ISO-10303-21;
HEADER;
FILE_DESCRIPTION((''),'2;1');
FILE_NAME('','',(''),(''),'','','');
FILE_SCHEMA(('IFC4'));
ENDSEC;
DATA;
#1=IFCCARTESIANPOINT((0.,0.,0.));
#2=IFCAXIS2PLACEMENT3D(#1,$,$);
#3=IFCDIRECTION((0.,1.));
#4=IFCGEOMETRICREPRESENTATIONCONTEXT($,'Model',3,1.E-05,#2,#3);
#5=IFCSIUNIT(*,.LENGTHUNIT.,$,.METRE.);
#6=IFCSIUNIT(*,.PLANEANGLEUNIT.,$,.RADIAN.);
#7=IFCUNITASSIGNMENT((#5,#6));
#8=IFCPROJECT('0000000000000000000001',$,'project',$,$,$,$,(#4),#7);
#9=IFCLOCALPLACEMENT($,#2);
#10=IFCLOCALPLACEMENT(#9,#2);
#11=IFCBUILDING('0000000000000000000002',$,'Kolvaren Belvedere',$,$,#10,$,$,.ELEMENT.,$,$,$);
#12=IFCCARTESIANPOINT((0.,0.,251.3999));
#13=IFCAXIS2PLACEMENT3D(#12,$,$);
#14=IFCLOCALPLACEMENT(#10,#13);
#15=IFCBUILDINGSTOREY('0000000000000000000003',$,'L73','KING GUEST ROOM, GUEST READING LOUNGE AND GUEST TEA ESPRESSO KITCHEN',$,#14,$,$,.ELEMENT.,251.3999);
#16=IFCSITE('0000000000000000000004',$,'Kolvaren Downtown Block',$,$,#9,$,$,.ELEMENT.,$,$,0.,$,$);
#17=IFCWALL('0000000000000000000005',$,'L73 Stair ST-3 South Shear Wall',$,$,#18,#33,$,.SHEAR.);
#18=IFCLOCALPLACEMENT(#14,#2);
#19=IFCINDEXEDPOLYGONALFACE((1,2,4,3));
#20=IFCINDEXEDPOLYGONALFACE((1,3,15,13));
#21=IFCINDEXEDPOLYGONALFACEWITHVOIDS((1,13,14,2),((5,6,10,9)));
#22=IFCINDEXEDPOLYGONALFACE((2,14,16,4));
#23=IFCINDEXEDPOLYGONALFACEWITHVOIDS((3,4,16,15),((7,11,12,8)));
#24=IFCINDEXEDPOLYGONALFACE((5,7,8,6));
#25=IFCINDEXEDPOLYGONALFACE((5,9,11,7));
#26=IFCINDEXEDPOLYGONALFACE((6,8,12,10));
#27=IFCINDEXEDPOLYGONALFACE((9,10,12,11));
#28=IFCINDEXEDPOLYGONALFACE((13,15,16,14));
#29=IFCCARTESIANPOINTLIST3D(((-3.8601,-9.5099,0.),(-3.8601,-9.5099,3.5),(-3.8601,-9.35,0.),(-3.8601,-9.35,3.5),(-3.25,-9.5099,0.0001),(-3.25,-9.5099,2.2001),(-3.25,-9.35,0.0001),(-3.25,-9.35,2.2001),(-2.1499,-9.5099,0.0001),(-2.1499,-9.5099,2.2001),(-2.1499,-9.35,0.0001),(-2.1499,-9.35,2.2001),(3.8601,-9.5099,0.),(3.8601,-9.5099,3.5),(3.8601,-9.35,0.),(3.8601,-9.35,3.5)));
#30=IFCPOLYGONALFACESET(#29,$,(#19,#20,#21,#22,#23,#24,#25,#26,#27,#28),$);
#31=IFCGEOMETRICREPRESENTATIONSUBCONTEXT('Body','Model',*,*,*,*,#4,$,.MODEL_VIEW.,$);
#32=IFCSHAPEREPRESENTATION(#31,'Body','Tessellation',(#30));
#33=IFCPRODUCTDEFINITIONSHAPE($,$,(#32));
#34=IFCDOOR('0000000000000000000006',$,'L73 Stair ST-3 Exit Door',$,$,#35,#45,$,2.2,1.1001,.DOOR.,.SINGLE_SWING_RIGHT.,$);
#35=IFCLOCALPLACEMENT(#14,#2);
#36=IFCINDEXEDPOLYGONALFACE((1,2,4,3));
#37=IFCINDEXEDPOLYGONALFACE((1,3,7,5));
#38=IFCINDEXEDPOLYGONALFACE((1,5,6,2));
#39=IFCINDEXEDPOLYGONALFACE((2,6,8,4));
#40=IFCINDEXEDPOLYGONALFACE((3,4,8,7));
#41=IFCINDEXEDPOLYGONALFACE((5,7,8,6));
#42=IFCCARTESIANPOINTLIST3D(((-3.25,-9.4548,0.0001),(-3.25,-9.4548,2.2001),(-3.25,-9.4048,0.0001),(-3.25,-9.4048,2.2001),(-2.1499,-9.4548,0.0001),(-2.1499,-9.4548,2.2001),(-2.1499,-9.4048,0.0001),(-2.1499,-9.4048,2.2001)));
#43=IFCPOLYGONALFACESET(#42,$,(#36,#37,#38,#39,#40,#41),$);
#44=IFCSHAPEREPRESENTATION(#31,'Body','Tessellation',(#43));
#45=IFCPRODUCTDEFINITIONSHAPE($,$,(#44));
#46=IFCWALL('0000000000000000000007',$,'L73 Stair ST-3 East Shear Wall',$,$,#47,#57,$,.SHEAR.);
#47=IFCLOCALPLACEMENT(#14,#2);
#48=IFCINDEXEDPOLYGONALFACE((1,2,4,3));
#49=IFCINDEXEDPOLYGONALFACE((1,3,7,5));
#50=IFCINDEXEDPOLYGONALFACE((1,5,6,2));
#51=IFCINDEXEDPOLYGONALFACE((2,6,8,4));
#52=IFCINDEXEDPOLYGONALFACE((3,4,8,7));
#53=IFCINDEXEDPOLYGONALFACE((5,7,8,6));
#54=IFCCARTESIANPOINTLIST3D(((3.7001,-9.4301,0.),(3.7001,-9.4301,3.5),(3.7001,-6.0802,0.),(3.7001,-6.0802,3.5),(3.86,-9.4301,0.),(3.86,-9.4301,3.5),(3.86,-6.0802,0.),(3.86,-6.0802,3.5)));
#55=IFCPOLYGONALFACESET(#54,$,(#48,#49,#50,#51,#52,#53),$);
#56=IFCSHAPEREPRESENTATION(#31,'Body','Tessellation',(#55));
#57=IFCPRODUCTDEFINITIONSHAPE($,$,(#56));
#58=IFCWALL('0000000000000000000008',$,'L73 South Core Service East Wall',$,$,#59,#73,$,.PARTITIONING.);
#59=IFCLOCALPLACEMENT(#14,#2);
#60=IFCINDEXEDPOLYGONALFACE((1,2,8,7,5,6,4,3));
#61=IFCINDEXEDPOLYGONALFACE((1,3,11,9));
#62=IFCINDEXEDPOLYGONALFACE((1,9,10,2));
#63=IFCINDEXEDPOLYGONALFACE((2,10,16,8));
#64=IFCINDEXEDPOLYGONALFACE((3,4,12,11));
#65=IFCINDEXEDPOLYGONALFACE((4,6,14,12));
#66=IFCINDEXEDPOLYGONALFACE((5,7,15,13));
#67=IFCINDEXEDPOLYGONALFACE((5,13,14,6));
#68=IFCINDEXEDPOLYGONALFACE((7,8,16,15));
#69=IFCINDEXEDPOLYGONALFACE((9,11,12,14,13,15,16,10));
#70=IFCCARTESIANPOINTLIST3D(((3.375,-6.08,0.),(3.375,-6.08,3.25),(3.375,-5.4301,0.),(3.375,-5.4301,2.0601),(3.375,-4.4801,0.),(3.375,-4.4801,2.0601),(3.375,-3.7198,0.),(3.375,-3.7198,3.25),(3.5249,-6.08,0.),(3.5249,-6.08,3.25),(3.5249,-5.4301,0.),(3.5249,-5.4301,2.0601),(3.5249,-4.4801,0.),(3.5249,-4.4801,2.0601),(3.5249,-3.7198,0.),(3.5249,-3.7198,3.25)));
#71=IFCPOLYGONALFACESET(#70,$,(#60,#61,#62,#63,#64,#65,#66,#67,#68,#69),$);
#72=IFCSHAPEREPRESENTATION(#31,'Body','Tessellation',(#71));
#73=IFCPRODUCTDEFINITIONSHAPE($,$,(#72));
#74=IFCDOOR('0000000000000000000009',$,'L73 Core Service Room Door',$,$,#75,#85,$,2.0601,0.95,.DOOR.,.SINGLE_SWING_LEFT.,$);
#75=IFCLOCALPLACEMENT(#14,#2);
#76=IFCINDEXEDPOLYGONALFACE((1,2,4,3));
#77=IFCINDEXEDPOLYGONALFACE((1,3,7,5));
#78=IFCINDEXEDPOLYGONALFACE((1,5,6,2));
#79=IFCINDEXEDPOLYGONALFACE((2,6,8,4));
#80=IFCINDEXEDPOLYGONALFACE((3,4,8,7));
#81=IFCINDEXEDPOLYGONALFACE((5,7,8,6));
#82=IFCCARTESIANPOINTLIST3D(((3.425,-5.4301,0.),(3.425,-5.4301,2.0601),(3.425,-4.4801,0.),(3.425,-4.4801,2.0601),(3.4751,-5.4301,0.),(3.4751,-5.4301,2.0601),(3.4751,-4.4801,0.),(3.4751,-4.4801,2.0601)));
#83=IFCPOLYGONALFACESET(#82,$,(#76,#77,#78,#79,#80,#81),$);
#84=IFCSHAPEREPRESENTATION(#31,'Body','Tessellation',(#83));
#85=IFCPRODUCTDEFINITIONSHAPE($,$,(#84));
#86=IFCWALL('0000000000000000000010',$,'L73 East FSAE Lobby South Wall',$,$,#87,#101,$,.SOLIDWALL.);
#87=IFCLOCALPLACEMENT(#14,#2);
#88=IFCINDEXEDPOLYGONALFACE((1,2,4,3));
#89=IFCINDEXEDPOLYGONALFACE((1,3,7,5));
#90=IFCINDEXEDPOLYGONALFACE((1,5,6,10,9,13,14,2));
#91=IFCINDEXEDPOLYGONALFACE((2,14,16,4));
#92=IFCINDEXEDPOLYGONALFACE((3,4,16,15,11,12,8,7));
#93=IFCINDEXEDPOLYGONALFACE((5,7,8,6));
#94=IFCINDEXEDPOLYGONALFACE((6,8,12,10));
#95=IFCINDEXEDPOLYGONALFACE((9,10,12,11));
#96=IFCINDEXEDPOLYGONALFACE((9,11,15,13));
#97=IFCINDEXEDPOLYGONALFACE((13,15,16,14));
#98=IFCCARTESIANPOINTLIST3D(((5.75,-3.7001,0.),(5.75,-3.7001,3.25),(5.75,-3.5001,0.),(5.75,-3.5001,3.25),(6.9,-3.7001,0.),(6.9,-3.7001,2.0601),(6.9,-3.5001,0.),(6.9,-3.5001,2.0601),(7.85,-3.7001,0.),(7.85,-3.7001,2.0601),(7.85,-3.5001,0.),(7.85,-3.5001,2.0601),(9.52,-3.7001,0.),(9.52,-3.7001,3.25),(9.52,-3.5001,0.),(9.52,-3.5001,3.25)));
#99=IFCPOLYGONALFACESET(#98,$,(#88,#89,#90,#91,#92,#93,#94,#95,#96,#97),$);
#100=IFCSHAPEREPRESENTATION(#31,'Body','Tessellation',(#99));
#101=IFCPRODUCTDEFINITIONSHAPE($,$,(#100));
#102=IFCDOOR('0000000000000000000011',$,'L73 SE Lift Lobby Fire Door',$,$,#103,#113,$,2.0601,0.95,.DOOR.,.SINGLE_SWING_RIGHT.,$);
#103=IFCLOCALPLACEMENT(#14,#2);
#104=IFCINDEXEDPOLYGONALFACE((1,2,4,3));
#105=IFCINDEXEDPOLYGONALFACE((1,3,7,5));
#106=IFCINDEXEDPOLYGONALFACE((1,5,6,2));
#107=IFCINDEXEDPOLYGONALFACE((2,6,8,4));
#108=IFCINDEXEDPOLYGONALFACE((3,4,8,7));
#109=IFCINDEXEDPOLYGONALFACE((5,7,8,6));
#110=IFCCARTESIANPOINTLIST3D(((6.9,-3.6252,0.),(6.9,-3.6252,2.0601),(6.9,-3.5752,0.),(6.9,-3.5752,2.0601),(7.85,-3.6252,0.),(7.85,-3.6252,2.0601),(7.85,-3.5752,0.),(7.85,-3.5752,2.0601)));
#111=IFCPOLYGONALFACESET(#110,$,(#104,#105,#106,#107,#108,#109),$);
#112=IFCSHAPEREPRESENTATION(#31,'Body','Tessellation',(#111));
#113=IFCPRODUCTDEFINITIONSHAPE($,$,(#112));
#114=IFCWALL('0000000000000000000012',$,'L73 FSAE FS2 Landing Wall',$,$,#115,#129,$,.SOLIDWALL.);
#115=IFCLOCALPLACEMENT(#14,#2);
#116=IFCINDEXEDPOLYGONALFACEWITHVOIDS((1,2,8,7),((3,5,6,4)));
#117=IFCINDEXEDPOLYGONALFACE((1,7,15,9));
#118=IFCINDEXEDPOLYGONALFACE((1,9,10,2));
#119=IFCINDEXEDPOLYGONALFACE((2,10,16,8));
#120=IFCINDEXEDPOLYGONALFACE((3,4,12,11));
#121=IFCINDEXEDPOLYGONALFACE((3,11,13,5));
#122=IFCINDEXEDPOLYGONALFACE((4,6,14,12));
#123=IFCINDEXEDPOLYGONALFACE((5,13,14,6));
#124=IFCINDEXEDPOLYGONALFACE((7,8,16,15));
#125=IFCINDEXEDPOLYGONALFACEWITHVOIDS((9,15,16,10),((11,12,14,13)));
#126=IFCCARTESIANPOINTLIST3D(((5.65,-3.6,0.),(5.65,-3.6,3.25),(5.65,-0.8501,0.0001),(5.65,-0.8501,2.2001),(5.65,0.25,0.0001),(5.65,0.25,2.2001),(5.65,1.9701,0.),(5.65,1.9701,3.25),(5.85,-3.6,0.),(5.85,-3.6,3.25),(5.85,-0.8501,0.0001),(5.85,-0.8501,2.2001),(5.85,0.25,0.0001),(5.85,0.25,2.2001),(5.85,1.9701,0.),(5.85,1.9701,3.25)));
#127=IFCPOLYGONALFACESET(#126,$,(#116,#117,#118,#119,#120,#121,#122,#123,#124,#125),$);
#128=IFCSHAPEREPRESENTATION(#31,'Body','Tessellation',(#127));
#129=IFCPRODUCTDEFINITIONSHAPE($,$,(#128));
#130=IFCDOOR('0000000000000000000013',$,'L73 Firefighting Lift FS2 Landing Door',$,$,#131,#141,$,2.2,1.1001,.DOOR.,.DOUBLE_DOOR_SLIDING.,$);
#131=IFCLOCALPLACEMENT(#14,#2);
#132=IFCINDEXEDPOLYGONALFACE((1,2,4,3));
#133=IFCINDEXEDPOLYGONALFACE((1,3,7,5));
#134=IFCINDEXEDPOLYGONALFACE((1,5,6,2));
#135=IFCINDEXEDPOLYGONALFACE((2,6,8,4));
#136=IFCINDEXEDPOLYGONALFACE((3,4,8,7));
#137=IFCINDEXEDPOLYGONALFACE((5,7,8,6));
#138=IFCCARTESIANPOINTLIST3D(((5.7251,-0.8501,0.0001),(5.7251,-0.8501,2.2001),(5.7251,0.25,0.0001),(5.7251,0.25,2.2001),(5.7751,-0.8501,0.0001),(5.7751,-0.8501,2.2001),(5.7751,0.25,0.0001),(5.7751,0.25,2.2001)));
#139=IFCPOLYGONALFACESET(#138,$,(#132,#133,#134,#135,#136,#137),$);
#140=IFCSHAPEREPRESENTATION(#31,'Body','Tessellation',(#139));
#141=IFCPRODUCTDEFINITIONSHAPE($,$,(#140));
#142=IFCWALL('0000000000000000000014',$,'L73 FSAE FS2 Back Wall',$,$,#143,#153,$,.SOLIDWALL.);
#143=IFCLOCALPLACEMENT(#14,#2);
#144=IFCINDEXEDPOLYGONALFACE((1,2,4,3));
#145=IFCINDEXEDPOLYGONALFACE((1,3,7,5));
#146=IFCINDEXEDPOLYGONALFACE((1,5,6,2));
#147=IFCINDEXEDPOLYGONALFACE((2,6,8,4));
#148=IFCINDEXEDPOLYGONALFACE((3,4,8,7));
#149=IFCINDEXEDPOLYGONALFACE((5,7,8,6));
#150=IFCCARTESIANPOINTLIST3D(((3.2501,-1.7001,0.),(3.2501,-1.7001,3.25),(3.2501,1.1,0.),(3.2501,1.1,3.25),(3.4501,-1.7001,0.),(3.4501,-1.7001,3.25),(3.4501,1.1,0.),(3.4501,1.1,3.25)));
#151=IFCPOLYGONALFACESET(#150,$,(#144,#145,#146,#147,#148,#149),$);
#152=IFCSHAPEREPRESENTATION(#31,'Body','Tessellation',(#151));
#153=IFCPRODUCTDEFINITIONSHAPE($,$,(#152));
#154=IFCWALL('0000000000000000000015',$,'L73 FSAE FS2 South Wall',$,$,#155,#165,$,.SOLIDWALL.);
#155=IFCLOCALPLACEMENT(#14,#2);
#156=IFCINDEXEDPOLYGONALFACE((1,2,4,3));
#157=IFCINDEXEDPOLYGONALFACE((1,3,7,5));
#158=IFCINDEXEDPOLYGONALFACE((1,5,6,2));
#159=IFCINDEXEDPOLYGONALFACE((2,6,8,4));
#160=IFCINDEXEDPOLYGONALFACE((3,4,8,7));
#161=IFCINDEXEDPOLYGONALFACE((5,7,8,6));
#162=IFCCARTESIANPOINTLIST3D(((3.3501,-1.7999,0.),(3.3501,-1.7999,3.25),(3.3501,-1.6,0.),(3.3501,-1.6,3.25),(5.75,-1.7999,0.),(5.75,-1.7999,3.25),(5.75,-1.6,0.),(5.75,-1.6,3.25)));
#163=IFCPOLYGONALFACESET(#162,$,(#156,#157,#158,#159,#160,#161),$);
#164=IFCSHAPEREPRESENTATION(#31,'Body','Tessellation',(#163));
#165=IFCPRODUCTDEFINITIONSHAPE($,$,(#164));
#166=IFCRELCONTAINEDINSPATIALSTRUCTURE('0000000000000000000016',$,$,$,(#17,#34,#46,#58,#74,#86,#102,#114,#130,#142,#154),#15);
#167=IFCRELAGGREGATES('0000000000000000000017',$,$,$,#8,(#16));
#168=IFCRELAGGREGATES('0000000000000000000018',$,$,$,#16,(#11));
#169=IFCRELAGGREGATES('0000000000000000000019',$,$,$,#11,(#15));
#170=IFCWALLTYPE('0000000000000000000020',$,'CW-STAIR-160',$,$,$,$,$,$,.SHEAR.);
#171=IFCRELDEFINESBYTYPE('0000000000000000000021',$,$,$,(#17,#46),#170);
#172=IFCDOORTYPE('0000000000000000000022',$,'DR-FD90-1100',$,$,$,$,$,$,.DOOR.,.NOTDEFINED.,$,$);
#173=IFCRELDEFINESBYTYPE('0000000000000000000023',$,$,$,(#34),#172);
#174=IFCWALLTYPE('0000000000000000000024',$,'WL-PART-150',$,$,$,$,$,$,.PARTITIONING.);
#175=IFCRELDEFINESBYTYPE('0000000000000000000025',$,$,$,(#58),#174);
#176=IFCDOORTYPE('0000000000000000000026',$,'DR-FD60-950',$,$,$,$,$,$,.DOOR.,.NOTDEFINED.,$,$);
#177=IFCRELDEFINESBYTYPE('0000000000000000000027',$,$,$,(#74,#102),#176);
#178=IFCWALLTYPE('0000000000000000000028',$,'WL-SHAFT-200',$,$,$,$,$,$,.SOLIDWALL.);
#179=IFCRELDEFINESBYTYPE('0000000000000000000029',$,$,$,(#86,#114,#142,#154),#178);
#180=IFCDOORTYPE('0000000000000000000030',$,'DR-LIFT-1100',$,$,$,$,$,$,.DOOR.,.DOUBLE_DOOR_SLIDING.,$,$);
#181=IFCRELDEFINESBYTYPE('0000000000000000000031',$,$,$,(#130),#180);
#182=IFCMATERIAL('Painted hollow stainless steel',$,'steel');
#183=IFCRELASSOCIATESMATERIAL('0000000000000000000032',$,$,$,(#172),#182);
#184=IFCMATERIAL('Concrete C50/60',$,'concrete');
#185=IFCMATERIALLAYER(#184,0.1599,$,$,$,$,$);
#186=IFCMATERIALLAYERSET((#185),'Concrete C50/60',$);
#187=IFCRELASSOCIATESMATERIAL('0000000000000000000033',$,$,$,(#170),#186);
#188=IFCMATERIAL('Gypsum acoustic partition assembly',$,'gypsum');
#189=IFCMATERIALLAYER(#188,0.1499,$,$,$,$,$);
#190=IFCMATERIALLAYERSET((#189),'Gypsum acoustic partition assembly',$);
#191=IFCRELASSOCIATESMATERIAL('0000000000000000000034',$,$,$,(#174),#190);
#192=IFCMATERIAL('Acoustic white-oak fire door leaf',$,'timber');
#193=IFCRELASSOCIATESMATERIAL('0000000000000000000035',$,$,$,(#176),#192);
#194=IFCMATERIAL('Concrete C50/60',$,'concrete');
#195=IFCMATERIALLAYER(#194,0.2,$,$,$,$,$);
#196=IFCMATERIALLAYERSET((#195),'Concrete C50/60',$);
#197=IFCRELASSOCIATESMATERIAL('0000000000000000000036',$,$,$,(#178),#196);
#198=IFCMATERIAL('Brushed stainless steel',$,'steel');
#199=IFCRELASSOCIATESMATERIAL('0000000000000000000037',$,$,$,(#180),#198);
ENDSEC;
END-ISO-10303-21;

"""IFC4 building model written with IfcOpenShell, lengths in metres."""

from ifc_helpers import new_model, si_unit, direction, frame, frame_2d, origin, place, context, subcontext, project, spatial, rectangle, extrude, material, layer, layer_set, type_object, element, fill, save


model = new_model("IFC4")

# Units and contexts
model_context = context("Model", 3, precision=1e-05, world=origin(), true_north=direction((0.0, 1.0)))
body_context = subcontext(model_context, "Body", "Model", "MODEL_VIEW")
ifc_project = project(units=[si_unit("LENGTHUNIT", "METRE"), si_unit("PLANEANGLEUNIT", "RADIAN")], contexts=[model_context])

# Site, building, storey
site_placement = place(None, origin())
site = spatial("IfcSite", under=ifc_project, at=site_placement, Name="Kolvaren Downtown Block", CompositionType="ELEMENT", RefElevation=0.0)
building_placement = place(site_placement, origin())
building = spatial("IfcBuilding", under=site, at=building_placement, Name="Kolvaren Belvedere", CompositionType="ELEMENT")
storey_placement = place(building_placement, frame((0.0, 0.0, 251.3999)))
storey = spatial("IfcBuildingStorey", under=building, at=storey_placement, Name="L73", Description="KING GUEST ROOM, GUEST READING LOUNGE AND GUEST TEA ESPRESSO KITCHEN", CompositionType="ELEMENT", Elevation=251.3999)

# Wall, opening, door
ifc_material_1 = material(Name="Painted hollow stainless steel", Category="steel")
door_type_1 = type_object("IfcDoorType", Name="DR-FD90-1100", OperationType="NOTDEFINED", PredefinedType="DOOR", material=ifc_material_1)
ifc_material_2 = material(Name="Concrete C50/60", Category="concrete")
ifc_layer_1 = layer(ifc_material_2, 0.1599)
ifc_layer_set_1 = layer_set([ifc_layer_1], Name="Concrete C50/60")
wall_type_1 = type_object("IfcWallType", Name="CW-STAIR-160", PredefinedType="SHEAR", material=ifc_layer_set_1)
wall_1_placement = place(storey_placement, frame((3.8601, -9.4299, 0.0), z_axis=(0.0, 0.0, 1.0), x_axis=(-1.0, 0.0, 0.0)))
wall_1 = element("IfcWall", 1, at=wall_1_placement, inside=storey, type_object=wall_type_1, Name="L73 Stair ST-3 South Shear Wall", PredefinedType="SHEAR", context=body_context, shape_type="SweptSolid", body=[
    extrude(rectangle(XDim=7.7202, YDim=0.1599, at=frame_2d((3.8601, 0.0))), origin(), (0.0, 0.0, 1.0), 3.5),
])
opening_1_placement = place(wall_1_placement, frame((6.01, 0.0, 0.0)))
opening_1 = element("IfcOpeningElement", 2, at=opening_1_placement, cuts=wall_1, PredefinedType="OPENING", context=body_context, shape_type="SweptSolid", body=[
    extrude(rectangle(XDim=1.1001, YDim=2.2, at=frame_2d((0.55, 1.1001))), frame((0.0, 0.0898, 0.0), z_axis=(0.0, -1.0, 0.0), x_axis=(1.0, 0.0, 0.0)), (0.0, 0.0, 1.0), 0.1799),
])
door_1_placement = place(opening_1_placement, origin())
door_1 = element("IfcDoor", 3, at=door_1_placement, inside=storey, type_object=door_type_1, Name="L73 Stair ST-3 Exit Door", OperationType="SINGLE_SWING_RIGHT", OverallHeight=2.2, OverallWidth=1.1001, PredefinedType="DOOR", context=body_context, shape_type="SweptSolid", body=[
    extrude(rectangle(XDim=1.1001, YDim=2.2, at=frame_2d((0.55, 1.1001))), frame((0.0, 0.0249, 0.0), z_axis=(0.0, -1.0, 0.0), x_axis=(1.0, 0.0, 0.0)), (0.0, 0.0, 1.0), 0.05),
])
fill(opening_1, door_1)

# Wall
wall_2_placement = place(storey_placement, frame((3.78, -9.4299, 0.0), z_axis=(0.0, 0.0, 1.0), x_axis=(0.0, 1.0, 0.0)))
element("IfcWall", 4, at=wall_2_placement, inside=storey, type_object=wall_type_1, Name="L73 Stair ST-3 East Shear Wall", PredefinedType="SHEAR", context=body_context, shape_type="SweptSolid", body=[
    extrude(rectangle(XDim=3.3499, YDim=0.1599, at=frame_2d((1.6748, 0.0))), origin(), (0.0, 0.0, 1.0), 3.5),
])

# Walls, openings, doors
ifc_material_3 = material(Name="Gypsum acoustic partition assembly", Category="gypsum")
ifc_layer_2 = layer(ifc_material_3, 0.1499)
ifc_layer_set_2 = layer_set([ifc_layer_2], Name="Gypsum acoustic partition assembly")
wall_type_2 = type_object("IfcWallType", Name="WL-PART-150", PredefinedType="PARTITIONING", material=ifc_layer_set_2)
wall_3_placement = place(storey_placement, frame((3.45, -6.0801, 0.0), z_axis=(0.0, 0.0, 1.0), x_axis=(0.0, 1.0, 0.0)))
wall_3 = element("IfcWall", 5, at=wall_3_placement, inside=storey, type_object=wall_type_2, Name="L73 South Core Service East Wall", PredefinedType="PARTITIONING", context=body_context, shape_type="SweptSolid", body=[
    extrude(rectangle(XDim=2.3601, YDim=0.1499, at=frame_2d((1.1802, 0.0))), origin(), (0.0, 0.0, 1.0), 3.25),
])
opening_2_placement = place(wall_3_placement, frame((0.6499, 0.0, 0.0)))
opening_2 = element("IfcOpeningElement", 6, at=opening_2_placement, cuts=wall_3, PredefinedType="OPENING", context=body_context, shape_type="SweptSolid", body=[
    extrude(rectangle(XDim=0.95, YDim=2.0601, at=frame_2d((0.4751, 1.03))), frame((0.0, 0.085, 0.0), z_axis=(0.0, -1.0, 0.0), x_axis=(1.0, 0.0, 0.0)), (0.0, 0.0, 1.0), 0.1699),
])
ifc_material_4 = material(Name="Acoustic white-oak fire door leaf", Category="timber")
door_type_2 = type_object("IfcDoorType", Name="DR-FD60-950", OperationType="NOTDEFINED", PredefinedType="DOOR", material=ifc_material_4)
door_2_placement = place(opening_2_placement, origin())
door_2 = element("IfcDoor", 7, at=door_2_placement, inside=storey, type_object=door_type_2, Name="L73 Core Service Room Door", OperationType="SINGLE_SWING_LEFT", OverallHeight=2.0601, OverallWidth=0.95, PredefinedType="DOOR", context=body_context, shape_type="SweptSolid", body=[
    extrude(rectangle(XDim=0.95, YDim=2.0601, at=frame_2d((0.4751, 1.03))), frame((0.0, 0.0249, 0.0), z_axis=(0.0, -1.0, 0.0), x_axis=(1.0, 0.0, 0.0)), (0.0, 0.0, 1.0), 0.05),
])
fill(opening_2, door_2)
ifc_material_5 = material(Name="Concrete C50/60", Category="concrete")
ifc_layer_3 = layer(ifc_material_5, 0.2)
ifc_layer_set_3 = layer_set([ifc_layer_3], Name="Concrete C50/60")
wall_type_3 = type_object("IfcWallType", Name="WL-SHAFT-200", PredefinedType="SOLIDWALL", material=ifc_layer_set_3)
wall_4_placement = place(storey_placement, frame((5.75, -3.6001, 0.0), z_axis=(0.0, 0.0, 1.0), x_axis=(1.0, 0.0, 0.0)))
wall_4 = element("IfcWall", 8, at=wall_4_placement, inside=storey, type_object=wall_type_3, Name="L73 East FSAE Lobby South Wall", PredefinedType="SOLIDWALL", context=body_context, shape_type="SweptSolid", body=[
    extrude(rectangle(XDim=3.77, YDim=0.2, at=frame_2d((1.885, 0.0))), origin(), (0.0, 0.0, 1.0), 3.25),
])
opening_3_placement = place(wall_4_placement, frame((1.1499, 0.0, 0.0)))
opening_3 = element("IfcOpeningElement", 9, at=opening_3_placement, cuts=wall_4, PredefinedType="OPENING", context=body_context, shape_type="SweptSolid", body=[
    extrude(rectangle(XDim=0.95, YDim=2.0601, at=frame_2d((0.4751, 1.03))), frame((0.0, 0.1099, 0.0), z_axis=(0.0, -1.0, 0.0), x_axis=(1.0, 0.0, 0.0)), (0.0, 0.0, 1.0), 0.22),
])
door_3_placement = place(opening_3_placement, origin())
door_3 = element("IfcDoor", 10, at=door_3_placement, inside=storey, type_object=door_type_2, Name="L73 SE Lift Lobby Fire Door", OperationType="SINGLE_SWING_RIGHT", OverallHeight=2.0601, OverallWidth=0.95, PredefinedType="DOOR", context=body_context, shape_type="SweptSolid", body=[
    extrude(rectangle(XDim=0.95, YDim=2.0601, at=frame_2d((0.4751, 1.03))), frame((0.0, 0.0249, 0.0), z_axis=(0.0, -1.0, 0.0), x_axis=(1.0, 0.0, 0.0)), (0.0, 0.0, 1.0), 0.05),
])
fill(opening_3, door_3)
wall_5_placement = place(storey_placement, frame((5.75, -3.6001, 0.0), z_axis=(0.0, 0.0, 1.0), x_axis=(0.0, 1.0, 0.0)))
wall_5 = element("IfcWall", 11, at=wall_5_placement, inside=storey, type_object=wall_type_3, Name="L73 FSAE FS2 Landing Wall", PredefinedType="SOLIDWALL", context=body_context, shape_type="SweptSolid", body=[
    extrude(rectangle(XDim=5.5701, YDim=0.2, at=frame_2d((2.7852, 0.0))), origin(), (0.0, 0.0, 1.0), 3.25),
])
opening_4_placement = place(wall_5_placement, frame((2.75, 0.0, 0.0)))
opening_4 = element("IfcOpeningElement", 12, at=opening_4_placement, cuts=wall_5, PredefinedType="OPENING", context=body_context, shape_type="SweptSolid", body=[
    extrude(rectangle(XDim=1.1001, YDim=2.2, at=frame_2d((0.55, 1.1001))), frame((0.0, 0.1099, 0.0), z_axis=(0.0, -1.0, 0.0), x_axis=(1.0, 0.0, 0.0)), (0.0, 0.0, 1.0), 0.22),
])
ifc_material_6 = material(Name="Brushed stainless steel", Category="steel")
door_type_3 = type_object("IfcDoorType", Name="DR-LIFT-1100", OperationType="DOUBLE_DOOR_SLIDING", PredefinedType="DOOR", material=ifc_material_6)
door_4_placement = place(opening_4_placement, origin())
door_4 = element("IfcDoor", 13, at=door_4_placement, inside=storey, type_object=door_type_3, Name="L73 Firefighting Lift FS2 Landing Door", OperationType="DOUBLE_DOOR_SLIDING", OverallHeight=2.2, OverallWidth=1.1001, PredefinedType="DOOR", context=body_context, shape_type="SweptSolid", body=[
    extrude(rectangle(XDim=1.1001, YDim=2.2, at=frame_2d((0.55, 1.1001))), frame((0.0, 0.0249, 0.0), z_axis=(0.0, -1.0, 0.0), x_axis=(1.0, 0.0, 0.0)), (0.0, 0.0, 1.0), 0.05),
])
fill(opening_4, door_4)

# Walls
wall_6_placement = place(storey_placement, frame((3.3501, -1.7, 0.0), z_axis=(0.0, 0.0, 1.0), x_axis=(0.0, 1.0, 0.0)))
element("IfcWall", 14, at=wall_6_placement, inside=storey, type_object=wall_type_3, Name="L73 FSAE FS2 Back Wall", PredefinedType="SOLIDWALL", context=body_context, shape_type="SweptSolid", body=[
    extrude(rectangle(XDim=2.8, YDim=0.2, at=frame_2d((1.3999, 0.0))), origin(), (0.0, 0.0, 1.0), 3.25),
])
wall_7_placement = place(storey_placement, frame((3.3501, -1.7, 0.0), z_axis=(0.0, 0.0, 1.0), x_axis=(1.0, 0.0, 0.0)))
element("IfcWall", 15, at=wall_7_placement, inside=storey, type_object=wall_type_3, Name="L73 FSAE FS2 South Wall", PredefinedType="SOLIDWALL", context=body_context, shape_type="SweptSolid", body=[
    extrude(rectangle(XDim=2.3999, YDim=0.2, at=frame_2d((1.2, 0.0))), origin(), (0.0, 0.0, 1.0), 3.25),
])

save(model, "model.ifc")
